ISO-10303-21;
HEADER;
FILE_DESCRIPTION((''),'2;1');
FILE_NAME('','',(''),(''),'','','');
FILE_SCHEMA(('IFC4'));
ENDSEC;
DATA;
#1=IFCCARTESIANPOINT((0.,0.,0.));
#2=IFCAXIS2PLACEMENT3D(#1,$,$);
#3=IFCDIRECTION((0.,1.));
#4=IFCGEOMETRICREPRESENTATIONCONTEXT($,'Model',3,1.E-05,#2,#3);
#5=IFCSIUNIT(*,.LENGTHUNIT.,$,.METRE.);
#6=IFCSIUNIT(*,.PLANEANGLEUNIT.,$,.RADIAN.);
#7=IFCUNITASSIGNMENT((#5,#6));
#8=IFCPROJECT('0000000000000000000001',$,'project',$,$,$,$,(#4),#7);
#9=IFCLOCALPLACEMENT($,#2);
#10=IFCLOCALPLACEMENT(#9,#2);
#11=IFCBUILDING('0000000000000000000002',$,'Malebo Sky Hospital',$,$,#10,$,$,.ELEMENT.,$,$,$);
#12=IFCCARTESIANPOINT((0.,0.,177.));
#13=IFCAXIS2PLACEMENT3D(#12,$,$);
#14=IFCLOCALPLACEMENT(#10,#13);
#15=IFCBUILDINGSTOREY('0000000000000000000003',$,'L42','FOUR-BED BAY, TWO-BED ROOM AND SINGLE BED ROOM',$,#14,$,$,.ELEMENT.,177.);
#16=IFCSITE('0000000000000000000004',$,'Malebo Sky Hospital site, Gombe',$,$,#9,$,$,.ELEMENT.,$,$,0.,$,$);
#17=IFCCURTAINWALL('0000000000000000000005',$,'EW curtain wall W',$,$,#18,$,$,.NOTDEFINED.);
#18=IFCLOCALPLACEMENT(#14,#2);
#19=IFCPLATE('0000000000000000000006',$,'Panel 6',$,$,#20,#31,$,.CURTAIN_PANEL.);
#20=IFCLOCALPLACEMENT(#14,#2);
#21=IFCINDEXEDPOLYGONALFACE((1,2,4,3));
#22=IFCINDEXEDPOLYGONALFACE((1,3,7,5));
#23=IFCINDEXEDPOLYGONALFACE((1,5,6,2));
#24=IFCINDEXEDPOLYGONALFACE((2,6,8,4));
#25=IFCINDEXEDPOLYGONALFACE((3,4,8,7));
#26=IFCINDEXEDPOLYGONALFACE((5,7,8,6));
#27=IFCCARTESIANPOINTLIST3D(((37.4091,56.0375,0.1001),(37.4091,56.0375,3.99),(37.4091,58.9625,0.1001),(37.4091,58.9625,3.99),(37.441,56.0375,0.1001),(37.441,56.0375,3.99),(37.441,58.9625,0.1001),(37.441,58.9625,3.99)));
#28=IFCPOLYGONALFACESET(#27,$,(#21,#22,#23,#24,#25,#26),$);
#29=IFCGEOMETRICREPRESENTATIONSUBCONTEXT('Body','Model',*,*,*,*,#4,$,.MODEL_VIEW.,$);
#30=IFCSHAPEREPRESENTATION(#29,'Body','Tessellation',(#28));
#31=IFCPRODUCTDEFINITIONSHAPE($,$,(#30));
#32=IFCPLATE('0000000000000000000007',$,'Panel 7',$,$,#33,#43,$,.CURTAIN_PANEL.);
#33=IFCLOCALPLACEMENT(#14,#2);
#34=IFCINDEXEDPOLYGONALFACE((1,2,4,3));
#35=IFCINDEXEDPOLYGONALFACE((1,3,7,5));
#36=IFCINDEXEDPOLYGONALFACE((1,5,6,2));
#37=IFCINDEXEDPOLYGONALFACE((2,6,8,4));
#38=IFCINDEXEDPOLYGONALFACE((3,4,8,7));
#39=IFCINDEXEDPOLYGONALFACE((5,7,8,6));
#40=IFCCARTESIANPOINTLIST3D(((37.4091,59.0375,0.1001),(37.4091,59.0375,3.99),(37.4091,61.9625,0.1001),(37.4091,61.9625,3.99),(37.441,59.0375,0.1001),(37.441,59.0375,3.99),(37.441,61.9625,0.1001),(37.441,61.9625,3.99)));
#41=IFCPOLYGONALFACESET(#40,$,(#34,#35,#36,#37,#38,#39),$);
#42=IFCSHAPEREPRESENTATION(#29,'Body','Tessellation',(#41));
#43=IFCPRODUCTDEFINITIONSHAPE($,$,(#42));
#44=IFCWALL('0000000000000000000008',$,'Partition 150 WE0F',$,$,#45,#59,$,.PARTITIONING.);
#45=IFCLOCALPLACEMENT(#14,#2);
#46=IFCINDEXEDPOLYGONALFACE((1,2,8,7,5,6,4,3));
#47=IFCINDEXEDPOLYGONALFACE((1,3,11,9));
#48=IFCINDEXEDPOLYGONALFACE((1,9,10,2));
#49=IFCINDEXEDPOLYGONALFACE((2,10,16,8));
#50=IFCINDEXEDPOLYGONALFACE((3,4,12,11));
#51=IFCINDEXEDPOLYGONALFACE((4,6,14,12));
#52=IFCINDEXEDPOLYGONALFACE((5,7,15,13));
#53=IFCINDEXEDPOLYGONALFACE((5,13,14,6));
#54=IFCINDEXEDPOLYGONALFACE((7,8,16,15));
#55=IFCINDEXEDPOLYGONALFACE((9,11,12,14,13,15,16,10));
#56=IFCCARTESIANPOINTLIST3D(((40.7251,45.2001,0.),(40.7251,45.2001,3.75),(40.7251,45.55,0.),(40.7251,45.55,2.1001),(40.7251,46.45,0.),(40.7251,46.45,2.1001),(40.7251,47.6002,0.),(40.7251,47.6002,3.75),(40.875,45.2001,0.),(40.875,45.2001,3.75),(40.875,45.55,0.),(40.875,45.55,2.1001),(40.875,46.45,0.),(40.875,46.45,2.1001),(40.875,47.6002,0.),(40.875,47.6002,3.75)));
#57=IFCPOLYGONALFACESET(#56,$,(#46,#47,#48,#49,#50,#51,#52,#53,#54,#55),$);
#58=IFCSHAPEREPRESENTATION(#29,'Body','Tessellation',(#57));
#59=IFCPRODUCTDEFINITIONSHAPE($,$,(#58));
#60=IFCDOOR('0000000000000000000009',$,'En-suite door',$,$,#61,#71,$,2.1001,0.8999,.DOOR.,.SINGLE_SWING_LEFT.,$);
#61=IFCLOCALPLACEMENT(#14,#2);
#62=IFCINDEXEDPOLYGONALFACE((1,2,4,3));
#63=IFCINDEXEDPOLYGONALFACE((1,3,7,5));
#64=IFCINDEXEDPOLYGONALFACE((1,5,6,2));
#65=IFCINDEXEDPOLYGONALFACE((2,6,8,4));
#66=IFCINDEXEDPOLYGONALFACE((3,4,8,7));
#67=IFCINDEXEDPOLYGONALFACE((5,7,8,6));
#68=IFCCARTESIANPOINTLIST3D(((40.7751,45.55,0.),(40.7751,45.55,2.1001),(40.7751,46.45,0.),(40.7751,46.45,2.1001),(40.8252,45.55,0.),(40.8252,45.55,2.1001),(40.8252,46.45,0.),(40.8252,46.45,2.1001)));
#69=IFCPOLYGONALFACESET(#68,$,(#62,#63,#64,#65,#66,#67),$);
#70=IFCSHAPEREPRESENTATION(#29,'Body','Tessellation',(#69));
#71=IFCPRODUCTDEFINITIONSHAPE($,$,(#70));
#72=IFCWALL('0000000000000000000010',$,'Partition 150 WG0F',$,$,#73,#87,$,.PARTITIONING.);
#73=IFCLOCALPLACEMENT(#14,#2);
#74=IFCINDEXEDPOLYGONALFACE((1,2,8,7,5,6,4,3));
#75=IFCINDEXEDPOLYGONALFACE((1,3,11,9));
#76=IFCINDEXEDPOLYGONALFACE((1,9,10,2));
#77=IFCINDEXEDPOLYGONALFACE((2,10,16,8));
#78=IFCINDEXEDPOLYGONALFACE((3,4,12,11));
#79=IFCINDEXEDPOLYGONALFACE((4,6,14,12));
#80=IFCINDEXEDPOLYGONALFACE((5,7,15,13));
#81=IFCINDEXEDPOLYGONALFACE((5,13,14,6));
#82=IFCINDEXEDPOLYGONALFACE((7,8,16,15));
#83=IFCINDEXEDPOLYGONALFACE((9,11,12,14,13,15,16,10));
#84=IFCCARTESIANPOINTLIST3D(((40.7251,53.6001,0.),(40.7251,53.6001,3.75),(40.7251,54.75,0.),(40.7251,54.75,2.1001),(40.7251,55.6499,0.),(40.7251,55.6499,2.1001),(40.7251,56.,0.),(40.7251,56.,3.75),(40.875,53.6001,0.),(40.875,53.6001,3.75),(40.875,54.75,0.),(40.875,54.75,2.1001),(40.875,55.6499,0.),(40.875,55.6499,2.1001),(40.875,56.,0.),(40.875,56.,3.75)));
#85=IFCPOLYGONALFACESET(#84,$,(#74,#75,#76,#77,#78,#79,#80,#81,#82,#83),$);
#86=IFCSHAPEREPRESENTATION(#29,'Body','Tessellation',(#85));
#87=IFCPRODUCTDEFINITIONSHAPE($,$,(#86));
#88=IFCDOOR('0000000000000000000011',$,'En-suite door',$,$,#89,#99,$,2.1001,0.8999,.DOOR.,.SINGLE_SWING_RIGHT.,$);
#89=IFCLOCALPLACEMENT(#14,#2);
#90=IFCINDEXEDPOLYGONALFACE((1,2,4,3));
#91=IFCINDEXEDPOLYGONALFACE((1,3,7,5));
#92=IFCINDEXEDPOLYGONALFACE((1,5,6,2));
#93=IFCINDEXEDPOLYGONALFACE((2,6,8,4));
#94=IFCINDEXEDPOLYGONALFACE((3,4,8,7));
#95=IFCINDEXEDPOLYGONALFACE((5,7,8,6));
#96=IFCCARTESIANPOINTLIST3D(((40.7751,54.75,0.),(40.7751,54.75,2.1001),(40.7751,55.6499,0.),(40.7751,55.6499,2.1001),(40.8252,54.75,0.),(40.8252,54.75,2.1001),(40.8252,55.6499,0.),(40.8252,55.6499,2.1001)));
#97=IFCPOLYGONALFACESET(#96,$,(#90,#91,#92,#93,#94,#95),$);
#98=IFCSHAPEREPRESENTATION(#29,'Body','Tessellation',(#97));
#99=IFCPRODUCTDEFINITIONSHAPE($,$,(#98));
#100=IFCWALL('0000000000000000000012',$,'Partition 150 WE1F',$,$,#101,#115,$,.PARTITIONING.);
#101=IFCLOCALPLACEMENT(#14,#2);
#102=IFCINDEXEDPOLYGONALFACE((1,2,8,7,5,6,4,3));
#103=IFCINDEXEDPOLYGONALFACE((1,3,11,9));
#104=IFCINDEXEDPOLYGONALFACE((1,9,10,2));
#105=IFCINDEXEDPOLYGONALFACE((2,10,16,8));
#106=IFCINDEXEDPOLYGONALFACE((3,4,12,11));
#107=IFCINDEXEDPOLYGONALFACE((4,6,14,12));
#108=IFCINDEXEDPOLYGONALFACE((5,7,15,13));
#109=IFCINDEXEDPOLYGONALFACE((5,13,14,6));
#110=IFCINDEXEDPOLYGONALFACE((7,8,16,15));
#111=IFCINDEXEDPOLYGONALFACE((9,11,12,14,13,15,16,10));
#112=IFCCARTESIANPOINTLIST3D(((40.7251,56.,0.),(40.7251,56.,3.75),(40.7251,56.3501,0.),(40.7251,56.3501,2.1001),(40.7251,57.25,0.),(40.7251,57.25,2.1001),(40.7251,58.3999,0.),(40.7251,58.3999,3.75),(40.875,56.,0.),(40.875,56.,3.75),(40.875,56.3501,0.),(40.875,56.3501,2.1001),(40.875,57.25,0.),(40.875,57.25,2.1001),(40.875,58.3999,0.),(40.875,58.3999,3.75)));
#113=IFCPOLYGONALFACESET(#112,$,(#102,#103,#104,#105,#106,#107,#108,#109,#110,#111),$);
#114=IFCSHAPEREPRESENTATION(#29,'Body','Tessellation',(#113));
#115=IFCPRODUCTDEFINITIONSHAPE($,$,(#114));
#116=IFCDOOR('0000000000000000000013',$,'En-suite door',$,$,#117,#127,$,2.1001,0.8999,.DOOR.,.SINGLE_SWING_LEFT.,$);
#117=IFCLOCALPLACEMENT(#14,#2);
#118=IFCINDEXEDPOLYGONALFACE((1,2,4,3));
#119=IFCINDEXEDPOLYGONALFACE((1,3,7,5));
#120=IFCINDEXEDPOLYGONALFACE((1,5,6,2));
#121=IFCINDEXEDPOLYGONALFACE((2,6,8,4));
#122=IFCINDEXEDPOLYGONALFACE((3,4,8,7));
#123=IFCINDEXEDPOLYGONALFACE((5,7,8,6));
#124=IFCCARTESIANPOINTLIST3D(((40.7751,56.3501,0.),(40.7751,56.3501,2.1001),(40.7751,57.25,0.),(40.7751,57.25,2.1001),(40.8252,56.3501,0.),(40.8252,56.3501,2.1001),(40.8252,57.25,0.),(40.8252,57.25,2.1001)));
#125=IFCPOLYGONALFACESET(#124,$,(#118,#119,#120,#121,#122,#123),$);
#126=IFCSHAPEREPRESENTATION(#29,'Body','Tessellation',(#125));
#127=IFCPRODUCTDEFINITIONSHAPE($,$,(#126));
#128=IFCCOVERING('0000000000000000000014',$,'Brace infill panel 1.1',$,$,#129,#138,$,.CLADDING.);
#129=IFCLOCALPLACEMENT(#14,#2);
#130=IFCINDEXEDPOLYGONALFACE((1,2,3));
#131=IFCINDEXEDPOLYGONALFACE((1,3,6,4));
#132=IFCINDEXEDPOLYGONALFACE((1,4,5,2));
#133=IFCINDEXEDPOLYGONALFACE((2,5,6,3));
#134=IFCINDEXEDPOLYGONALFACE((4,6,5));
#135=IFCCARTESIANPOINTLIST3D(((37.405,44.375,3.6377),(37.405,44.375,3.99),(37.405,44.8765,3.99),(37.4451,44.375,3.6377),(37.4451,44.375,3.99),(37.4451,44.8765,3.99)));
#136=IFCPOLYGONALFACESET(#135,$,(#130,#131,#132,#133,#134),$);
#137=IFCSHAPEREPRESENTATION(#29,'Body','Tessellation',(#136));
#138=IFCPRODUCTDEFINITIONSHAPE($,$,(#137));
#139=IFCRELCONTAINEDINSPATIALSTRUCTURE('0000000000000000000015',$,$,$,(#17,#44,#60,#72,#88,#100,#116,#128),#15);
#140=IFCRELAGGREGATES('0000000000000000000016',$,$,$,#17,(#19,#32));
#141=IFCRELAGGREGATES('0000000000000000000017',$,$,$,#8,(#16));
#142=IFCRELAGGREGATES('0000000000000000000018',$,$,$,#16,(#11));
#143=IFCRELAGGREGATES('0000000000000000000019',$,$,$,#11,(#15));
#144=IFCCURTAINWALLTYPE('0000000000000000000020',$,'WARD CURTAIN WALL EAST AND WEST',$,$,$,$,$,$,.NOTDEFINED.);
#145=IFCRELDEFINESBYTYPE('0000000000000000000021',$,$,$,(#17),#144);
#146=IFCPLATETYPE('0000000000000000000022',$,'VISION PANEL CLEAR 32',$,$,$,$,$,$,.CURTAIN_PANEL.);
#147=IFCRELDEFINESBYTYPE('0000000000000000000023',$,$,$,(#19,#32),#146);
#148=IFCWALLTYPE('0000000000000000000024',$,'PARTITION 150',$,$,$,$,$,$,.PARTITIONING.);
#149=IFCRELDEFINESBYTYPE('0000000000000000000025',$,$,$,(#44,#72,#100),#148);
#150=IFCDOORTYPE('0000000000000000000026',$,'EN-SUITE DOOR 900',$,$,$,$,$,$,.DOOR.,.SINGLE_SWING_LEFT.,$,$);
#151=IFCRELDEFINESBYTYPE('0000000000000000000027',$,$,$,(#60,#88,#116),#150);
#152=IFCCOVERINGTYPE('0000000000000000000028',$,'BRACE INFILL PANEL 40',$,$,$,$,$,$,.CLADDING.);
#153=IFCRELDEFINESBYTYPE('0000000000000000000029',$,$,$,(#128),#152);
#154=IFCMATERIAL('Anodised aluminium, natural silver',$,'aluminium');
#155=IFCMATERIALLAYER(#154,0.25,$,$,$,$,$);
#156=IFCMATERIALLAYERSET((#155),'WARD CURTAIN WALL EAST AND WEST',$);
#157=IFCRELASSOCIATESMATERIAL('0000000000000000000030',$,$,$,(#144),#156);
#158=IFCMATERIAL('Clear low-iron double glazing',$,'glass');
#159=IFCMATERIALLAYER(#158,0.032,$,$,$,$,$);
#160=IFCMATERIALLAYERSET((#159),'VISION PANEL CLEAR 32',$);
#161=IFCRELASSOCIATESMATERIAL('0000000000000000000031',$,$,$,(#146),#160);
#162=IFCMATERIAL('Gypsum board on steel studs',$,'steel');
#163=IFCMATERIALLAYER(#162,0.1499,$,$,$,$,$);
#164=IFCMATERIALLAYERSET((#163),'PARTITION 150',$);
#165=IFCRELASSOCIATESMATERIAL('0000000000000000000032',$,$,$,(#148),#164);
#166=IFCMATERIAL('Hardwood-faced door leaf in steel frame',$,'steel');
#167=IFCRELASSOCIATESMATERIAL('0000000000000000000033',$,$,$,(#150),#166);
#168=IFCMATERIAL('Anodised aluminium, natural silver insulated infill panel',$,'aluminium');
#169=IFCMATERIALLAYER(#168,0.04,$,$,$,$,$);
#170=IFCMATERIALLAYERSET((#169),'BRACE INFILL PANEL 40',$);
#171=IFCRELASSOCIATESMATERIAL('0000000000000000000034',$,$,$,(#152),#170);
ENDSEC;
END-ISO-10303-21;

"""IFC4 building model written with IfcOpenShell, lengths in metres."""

from ifc_helpers import new_model, si_unit, direction, frame, frame_2d, origin, origin_2d, place, context, subcontext, project, spatial, polyline, rectangle, outline, extrude, material, layer, layer_set, type_object, element, fill, aggregate, save


model = new_model("IFC4")

# Units and contexts
model_context = context("Model", 3, precision=1e-05, world=origin(), true_north=direction((0.0, 1.0)))
body_context = subcontext(model_context, "Body", "Model", "MODEL_VIEW")
ifc_project = project(units=[si_unit("LENGTHUNIT", "METRE"), si_unit("PLANEANGLEUNIT", "RADIAN")], contexts=[model_context])

# Site, building, storey
site_placement = place(None, origin())
site = spatial("IfcSite", under=ifc_project, at=site_placement, Name="Malebo Sky Hospital site, Gombe", CompositionType="ELEMENT", RefElevation=0.0)
building_placement = place(site_placement, origin())
building = spatial("IfcBuilding", under=site, at=building_placement, Name="Malebo Sky Hospital", CompositionType="ELEMENT")
storey_placement = place(building_placement, frame((0.0, 0.0, 177.0)))
storey = spatial("IfcBuildingStorey", under=building, at=storey_placement, Name="L42", Description="FOUR-BED BAY, TWO-BED ROOM AND SINGLE BED ROOM", CompositionType="ELEMENT", Elevation=177.0)

# Curtain wall
ifc_material_1 = material(Name="Anodised aluminium, natural silver", Category="aluminium")
ifc_layer_1 = layer(ifc_material_1, 0.25)
ifc_layer_set_1 = layer_set([ifc_layer_1], Name="WARD CURTAIN WALL EAST AND WEST")
curtain_wall_type = type_object("IfcCurtainWallType", Name="WARD CURTAIN WALL EAST AND WEST", PredefinedType="NOTDEFINED", material=ifc_layer_set_1)
curtain_wall_placement = place(storey_placement, origin())
curtain_wall = element("IfcCurtainWall", 1, at=curtain_wall_placement, inside=storey, type_object=curtain_wall_type, Name="EW curtain wall W", PredefinedType="NOTDEFINED")

# Plates
ifc_material_2 = material(Name="Clear low-iron double glazing", Category="glass")
ifc_layer_2 = layer(ifc_material_2, 0.032)
ifc_layer_set_2 = layer_set([ifc_layer_2], Name="VISION PANEL CLEAR 32")
plate_type = type_object("IfcPlateType", Name="VISION PANEL CLEAR 32", PredefinedType="CURTAIN_PANEL", material=ifc_layer_set_2)
plate_1_placement = place(storey_placement, frame((37.425, 57.5, 0.1001), z_axis=(0.0, 0.0, 1.0), x_axis=(0.0, 1.0, 0.0)))
plate_1 = element("IfcPlate", 2, at=plate_1_placement, type_object=plate_type, Name="Panel 6", PredefinedType="CURTAIN_PANEL", context=body_context, shape_type="SweptSolid", body=[
    extrude(rectangle(XDim=2.925, YDim=0.032, at=origin_2d()), origin(), (0.0, 0.0, 1.0), 3.8899),
])
plate_2_placement = place(storey_placement, frame((37.425, 60.5, 0.1001), z_axis=(0.0, 0.0, 1.0), x_axis=(0.0, 1.0, 0.0)))
plate_2 = element("IfcPlate", 3, at=plate_2_placement, type_object=plate_type, Name="Panel 7", PredefinedType="CURTAIN_PANEL", context=body_context, shape_type="SweptSolid", body=[
    extrude(rectangle(XDim=2.925, YDim=0.032, at=origin_2d()), origin(), (0.0, 0.0, 1.0), 3.8899),
])
aggregate(curtain_wall, [plate_1, plate_2])

# Walls, openings, doors
ifc_material_3 = material(Name="Gypsum board on steel studs", Category="steel")
ifc_layer_3 = layer(ifc_material_3, 0.1499)
ifc_layer_set_3 = layer_set([ifc_layer_3], Name="PARTITION 150")
wall_type = type_object("IfcWallType", Name="PARTITION 150", PredefinedType="PARTITIONING", material=ifc_layer_set_3)
wall_1_placement = place(storey_placement, frame((40.8, 45.2, 0.0), z_axis=(0.0, 0.0, 1.0), x_axis=(0.0, 1.0, 0.0)))
wall_1 = element("IfcWall", 4, at=wall_1_placement, inside=storey, type_object=wall_type, Name="Partition 150 WE0F", PredefinedType="PARTITIONING", context=body_context, shape_type="SweptSolid", body=[
    extrude(rectangle(XDim=2.4001, YDim=0.1499, at=frame_2d((1.2002, 0.0))), origin(), (0.0, 0.0, 1.0), 3.75),
])
opening_1_placement = place(wall_1_placement, frame((0.3501, 0.0, 0.0)))
opening_1 = element("IfcOpeningElement", 5, at=opening_1_placement, cuts=wall_1, PredefinedType="OPENING", context=body_context, shape_type="SweptSolid", body=[
    extrude(rectangle(XDim=0.8999, YDim=2.1001, at=frame_2d((0.45, 1.05))), frame((0.0, 0.085, 0.0), z_axis=(0.0, -1.0, 0.0), x_axis=(1.0, 0.0, 0.0)), (0.0, 0.0, 1.0), 0.1699),
])
ifc_material_4 = material(Name="Hardwood-faced door leaf in steel frame", Category="steel")
door_type = type_object("IfcDoorType", Name="EN-SUITE DOOR 900", OperationType="SINGLE_SWING_LEFT", PredefinedType="DOOR", material=ifc_material_4)
door_1_placement = place(opening_1_placement, origin())
door_1 = element("IfcDoor", 6, at=door_1_placement, inside=storey, type_object=door_type, Name="En-suite door", OperationType="SINGLE_SWING_LEFT", OverallHeight=2.1001, OverallWidth=0.8999, PredefinedType="DOOR", context=body_context, shape_type="SweptSolid", body=[
    extrude(rectangle(XDim=0.8999, YDim=2.1001, at=frame_2d((0.45, 1.05))), frame((0.0, 0.0249, 0.0), z_axis=(0.0, -1.0, 0.0), x_axis=(1.0, 0.0, 0.0)), (0.0, 0.0, 1.0), 0.05),
])
fill(opening_1, door_1)
wall_2_placement = place(storey_placement, frame((40.8, 53.6001, 0.0), z_axis=(0.0, 0.0, 1.0), x_axis=(0.0, 1.0, 0.0)))
wall_2 = element("IfcWall", 7, at=wall_2_placement, inside=storey, type_object=wall_type, Name="Partition 150 WG0F", PredefinedType="PARTITIONING", context=body_context, shape_type="SweptSolid", body=[
    extrude(rectangle(XDim=2.3999, YDim=0.1499, at=frame_2d((1.2, 0.0))), origin(), (0.0, 0.0, 1.0), 3.75),
])
opening_2_placement = place(wall_2_placement, frame((1.1499, 0.0, 0.0)))
opening_2 = element("IfcOpeningElement", 8, at=opening_2_placement, cuts=wall_2, PredefinedType="OPENING", context=body_context, shape_type="SweptSolid", body=[
    extrude(rectangle(XDim=0.8999, YDim=2.1001, at=frame_2d((0.45, 1.05))), frame((0.0, 0.085, 0.0), z_axis=(0.0, -1.0, 0.0), x_axis=(1.0, 0.0, 0.0)), (0.0, 0.0, 1.0), 0.1699),
])
door_2_placement = place(opening_2_placement, origin())
door_2 = element("IfcDoor", 9, at=door_2_placement, inside=storey, type_object=door_type, Name="En-suite door", OperationType="SINGLE_SWING_RIGHT", OverallHeight=2.1001, OverallWidth=0.8999, PredefinedType="DOOR", context=body_context, shape_type="SweptSolid", body=[
    extrude(rectangle(XDim=0.8999, YDim=2.1001, at=frame_2d((0.45, 1.05))), frame((0.0, 0.0249, 0.0), z_axis=(0.0, -1.0, 0.0), x_axis=(1.0, 0.0, 0.0)), (0.0, 0.0, 1.0), 0.05),
])
fill(opening_2, door_2)
wall_3_placement = place(storey_placement, frame((40.8, 56.0, 0.0), z_axis=(0.0, 0.0, 1.0), x_axis=(0.0, 1.0, 0.0)))
wall_3 = element("IfcWall", 10, at=wall_3_placement, inside=storey, type_object=wall_type, Name="Partition 150 WE1F", PredefinedType="PARTITIONING", context=body_context, shape_type="SweptSolid", body=[
    extrude(rectangle(XDim=2.3999, YDim=0.1499, at=frame_2d((1.2, 0.0))), origin(), (0.0, 0.0, 1.0), 3.75),
])
opening_3_placement = place(wall_3_placement, frame((0.3501, 0.0, 0.0)))
opening_3 = element("IfcOpeningElement", 11, at=opening_3_placement, cuts=wall_3, PredefinedType="OPENING", context=body_context, shape_type="SweptSolid", body=[
    extrude(rectangle(XDim=0.8999, YDim=2.1001, at=frame_2d((0.45, 1.05))), frame((0.0, 0.085, 0.0), z_axis=(0.0, -1.0, 0.0), x_axis=(1.0, 0.0, 0.0)), (0.0, 0.0, 1.0), 0.1699),
])
door_3_placement = place(opening_3_placement, origin())
door_3 = element("IfcDoor", 12, at=door_3_placement, inside=storey, type_object=door_type, Name="En-suite door", OperationType="SINGLE_SWING_LEFT", OverallHeight=2.1001, OverallWidth=0.8999, PredefinedType="DOOR", context=body_context, shape_type="SweptSolid", body=[
    extrude(rectangle(XDim=0.8999, YDim=2.1001, at=frame_2d((0.45, 1.05))), frame((0.0, 0.0249, 0.0), z_axis=(0.0, -1.0, 0.0), x_axis=(1.0, 0.0, 0.0)), (0.0, 0.0, 1.0), 0.05),
])
fill(opening_3, door_3)

# Covering
ifc_material_5 = material(Name="Anodised aluminium, natural silver insulated infill panel", Category="aluminium")
ifc_layer_4 = layer(ifc_material_5, 0.04)
ifc_layer_set_4 = layer_set([ifc_layer_4], Name="BRACE INFILL PANEL 40")
covering_type = type_object("IfcCoveringType", Name="BRACE INFILL PANEL 40", PredefinedType="CLADDING", material=ifc_layer_set_4)
covering_placement = place(storey_placement, frame((37.425, 44.6257, 3.6377), z_axis=(0.0, 0.0, 1.0), x_axis=(0.0, 1.0, 0.0)))
element("IfcCovering", 13, at=covering_placement, inside=storey, type_object=covering_type, Name="Brace infill panel 1.1", PredefinedType="CLADDING", context=body_context, shape_type="SweptSolid", body=[
    extrude(outline(polyline([(-0.2507, 0.0), (0.2507, 0.3523), (-0.2507, 0.3523), (-0.2507, 0.0)])), frame((0.0, 0.02, 0.0), z_axis=(0.0, -1.0, 0.0), x_axis=(1.0, 0.0, 0.0)), (0.0, 0.0, 1.0), 0.04),
])

save(model, "model.ifc")
